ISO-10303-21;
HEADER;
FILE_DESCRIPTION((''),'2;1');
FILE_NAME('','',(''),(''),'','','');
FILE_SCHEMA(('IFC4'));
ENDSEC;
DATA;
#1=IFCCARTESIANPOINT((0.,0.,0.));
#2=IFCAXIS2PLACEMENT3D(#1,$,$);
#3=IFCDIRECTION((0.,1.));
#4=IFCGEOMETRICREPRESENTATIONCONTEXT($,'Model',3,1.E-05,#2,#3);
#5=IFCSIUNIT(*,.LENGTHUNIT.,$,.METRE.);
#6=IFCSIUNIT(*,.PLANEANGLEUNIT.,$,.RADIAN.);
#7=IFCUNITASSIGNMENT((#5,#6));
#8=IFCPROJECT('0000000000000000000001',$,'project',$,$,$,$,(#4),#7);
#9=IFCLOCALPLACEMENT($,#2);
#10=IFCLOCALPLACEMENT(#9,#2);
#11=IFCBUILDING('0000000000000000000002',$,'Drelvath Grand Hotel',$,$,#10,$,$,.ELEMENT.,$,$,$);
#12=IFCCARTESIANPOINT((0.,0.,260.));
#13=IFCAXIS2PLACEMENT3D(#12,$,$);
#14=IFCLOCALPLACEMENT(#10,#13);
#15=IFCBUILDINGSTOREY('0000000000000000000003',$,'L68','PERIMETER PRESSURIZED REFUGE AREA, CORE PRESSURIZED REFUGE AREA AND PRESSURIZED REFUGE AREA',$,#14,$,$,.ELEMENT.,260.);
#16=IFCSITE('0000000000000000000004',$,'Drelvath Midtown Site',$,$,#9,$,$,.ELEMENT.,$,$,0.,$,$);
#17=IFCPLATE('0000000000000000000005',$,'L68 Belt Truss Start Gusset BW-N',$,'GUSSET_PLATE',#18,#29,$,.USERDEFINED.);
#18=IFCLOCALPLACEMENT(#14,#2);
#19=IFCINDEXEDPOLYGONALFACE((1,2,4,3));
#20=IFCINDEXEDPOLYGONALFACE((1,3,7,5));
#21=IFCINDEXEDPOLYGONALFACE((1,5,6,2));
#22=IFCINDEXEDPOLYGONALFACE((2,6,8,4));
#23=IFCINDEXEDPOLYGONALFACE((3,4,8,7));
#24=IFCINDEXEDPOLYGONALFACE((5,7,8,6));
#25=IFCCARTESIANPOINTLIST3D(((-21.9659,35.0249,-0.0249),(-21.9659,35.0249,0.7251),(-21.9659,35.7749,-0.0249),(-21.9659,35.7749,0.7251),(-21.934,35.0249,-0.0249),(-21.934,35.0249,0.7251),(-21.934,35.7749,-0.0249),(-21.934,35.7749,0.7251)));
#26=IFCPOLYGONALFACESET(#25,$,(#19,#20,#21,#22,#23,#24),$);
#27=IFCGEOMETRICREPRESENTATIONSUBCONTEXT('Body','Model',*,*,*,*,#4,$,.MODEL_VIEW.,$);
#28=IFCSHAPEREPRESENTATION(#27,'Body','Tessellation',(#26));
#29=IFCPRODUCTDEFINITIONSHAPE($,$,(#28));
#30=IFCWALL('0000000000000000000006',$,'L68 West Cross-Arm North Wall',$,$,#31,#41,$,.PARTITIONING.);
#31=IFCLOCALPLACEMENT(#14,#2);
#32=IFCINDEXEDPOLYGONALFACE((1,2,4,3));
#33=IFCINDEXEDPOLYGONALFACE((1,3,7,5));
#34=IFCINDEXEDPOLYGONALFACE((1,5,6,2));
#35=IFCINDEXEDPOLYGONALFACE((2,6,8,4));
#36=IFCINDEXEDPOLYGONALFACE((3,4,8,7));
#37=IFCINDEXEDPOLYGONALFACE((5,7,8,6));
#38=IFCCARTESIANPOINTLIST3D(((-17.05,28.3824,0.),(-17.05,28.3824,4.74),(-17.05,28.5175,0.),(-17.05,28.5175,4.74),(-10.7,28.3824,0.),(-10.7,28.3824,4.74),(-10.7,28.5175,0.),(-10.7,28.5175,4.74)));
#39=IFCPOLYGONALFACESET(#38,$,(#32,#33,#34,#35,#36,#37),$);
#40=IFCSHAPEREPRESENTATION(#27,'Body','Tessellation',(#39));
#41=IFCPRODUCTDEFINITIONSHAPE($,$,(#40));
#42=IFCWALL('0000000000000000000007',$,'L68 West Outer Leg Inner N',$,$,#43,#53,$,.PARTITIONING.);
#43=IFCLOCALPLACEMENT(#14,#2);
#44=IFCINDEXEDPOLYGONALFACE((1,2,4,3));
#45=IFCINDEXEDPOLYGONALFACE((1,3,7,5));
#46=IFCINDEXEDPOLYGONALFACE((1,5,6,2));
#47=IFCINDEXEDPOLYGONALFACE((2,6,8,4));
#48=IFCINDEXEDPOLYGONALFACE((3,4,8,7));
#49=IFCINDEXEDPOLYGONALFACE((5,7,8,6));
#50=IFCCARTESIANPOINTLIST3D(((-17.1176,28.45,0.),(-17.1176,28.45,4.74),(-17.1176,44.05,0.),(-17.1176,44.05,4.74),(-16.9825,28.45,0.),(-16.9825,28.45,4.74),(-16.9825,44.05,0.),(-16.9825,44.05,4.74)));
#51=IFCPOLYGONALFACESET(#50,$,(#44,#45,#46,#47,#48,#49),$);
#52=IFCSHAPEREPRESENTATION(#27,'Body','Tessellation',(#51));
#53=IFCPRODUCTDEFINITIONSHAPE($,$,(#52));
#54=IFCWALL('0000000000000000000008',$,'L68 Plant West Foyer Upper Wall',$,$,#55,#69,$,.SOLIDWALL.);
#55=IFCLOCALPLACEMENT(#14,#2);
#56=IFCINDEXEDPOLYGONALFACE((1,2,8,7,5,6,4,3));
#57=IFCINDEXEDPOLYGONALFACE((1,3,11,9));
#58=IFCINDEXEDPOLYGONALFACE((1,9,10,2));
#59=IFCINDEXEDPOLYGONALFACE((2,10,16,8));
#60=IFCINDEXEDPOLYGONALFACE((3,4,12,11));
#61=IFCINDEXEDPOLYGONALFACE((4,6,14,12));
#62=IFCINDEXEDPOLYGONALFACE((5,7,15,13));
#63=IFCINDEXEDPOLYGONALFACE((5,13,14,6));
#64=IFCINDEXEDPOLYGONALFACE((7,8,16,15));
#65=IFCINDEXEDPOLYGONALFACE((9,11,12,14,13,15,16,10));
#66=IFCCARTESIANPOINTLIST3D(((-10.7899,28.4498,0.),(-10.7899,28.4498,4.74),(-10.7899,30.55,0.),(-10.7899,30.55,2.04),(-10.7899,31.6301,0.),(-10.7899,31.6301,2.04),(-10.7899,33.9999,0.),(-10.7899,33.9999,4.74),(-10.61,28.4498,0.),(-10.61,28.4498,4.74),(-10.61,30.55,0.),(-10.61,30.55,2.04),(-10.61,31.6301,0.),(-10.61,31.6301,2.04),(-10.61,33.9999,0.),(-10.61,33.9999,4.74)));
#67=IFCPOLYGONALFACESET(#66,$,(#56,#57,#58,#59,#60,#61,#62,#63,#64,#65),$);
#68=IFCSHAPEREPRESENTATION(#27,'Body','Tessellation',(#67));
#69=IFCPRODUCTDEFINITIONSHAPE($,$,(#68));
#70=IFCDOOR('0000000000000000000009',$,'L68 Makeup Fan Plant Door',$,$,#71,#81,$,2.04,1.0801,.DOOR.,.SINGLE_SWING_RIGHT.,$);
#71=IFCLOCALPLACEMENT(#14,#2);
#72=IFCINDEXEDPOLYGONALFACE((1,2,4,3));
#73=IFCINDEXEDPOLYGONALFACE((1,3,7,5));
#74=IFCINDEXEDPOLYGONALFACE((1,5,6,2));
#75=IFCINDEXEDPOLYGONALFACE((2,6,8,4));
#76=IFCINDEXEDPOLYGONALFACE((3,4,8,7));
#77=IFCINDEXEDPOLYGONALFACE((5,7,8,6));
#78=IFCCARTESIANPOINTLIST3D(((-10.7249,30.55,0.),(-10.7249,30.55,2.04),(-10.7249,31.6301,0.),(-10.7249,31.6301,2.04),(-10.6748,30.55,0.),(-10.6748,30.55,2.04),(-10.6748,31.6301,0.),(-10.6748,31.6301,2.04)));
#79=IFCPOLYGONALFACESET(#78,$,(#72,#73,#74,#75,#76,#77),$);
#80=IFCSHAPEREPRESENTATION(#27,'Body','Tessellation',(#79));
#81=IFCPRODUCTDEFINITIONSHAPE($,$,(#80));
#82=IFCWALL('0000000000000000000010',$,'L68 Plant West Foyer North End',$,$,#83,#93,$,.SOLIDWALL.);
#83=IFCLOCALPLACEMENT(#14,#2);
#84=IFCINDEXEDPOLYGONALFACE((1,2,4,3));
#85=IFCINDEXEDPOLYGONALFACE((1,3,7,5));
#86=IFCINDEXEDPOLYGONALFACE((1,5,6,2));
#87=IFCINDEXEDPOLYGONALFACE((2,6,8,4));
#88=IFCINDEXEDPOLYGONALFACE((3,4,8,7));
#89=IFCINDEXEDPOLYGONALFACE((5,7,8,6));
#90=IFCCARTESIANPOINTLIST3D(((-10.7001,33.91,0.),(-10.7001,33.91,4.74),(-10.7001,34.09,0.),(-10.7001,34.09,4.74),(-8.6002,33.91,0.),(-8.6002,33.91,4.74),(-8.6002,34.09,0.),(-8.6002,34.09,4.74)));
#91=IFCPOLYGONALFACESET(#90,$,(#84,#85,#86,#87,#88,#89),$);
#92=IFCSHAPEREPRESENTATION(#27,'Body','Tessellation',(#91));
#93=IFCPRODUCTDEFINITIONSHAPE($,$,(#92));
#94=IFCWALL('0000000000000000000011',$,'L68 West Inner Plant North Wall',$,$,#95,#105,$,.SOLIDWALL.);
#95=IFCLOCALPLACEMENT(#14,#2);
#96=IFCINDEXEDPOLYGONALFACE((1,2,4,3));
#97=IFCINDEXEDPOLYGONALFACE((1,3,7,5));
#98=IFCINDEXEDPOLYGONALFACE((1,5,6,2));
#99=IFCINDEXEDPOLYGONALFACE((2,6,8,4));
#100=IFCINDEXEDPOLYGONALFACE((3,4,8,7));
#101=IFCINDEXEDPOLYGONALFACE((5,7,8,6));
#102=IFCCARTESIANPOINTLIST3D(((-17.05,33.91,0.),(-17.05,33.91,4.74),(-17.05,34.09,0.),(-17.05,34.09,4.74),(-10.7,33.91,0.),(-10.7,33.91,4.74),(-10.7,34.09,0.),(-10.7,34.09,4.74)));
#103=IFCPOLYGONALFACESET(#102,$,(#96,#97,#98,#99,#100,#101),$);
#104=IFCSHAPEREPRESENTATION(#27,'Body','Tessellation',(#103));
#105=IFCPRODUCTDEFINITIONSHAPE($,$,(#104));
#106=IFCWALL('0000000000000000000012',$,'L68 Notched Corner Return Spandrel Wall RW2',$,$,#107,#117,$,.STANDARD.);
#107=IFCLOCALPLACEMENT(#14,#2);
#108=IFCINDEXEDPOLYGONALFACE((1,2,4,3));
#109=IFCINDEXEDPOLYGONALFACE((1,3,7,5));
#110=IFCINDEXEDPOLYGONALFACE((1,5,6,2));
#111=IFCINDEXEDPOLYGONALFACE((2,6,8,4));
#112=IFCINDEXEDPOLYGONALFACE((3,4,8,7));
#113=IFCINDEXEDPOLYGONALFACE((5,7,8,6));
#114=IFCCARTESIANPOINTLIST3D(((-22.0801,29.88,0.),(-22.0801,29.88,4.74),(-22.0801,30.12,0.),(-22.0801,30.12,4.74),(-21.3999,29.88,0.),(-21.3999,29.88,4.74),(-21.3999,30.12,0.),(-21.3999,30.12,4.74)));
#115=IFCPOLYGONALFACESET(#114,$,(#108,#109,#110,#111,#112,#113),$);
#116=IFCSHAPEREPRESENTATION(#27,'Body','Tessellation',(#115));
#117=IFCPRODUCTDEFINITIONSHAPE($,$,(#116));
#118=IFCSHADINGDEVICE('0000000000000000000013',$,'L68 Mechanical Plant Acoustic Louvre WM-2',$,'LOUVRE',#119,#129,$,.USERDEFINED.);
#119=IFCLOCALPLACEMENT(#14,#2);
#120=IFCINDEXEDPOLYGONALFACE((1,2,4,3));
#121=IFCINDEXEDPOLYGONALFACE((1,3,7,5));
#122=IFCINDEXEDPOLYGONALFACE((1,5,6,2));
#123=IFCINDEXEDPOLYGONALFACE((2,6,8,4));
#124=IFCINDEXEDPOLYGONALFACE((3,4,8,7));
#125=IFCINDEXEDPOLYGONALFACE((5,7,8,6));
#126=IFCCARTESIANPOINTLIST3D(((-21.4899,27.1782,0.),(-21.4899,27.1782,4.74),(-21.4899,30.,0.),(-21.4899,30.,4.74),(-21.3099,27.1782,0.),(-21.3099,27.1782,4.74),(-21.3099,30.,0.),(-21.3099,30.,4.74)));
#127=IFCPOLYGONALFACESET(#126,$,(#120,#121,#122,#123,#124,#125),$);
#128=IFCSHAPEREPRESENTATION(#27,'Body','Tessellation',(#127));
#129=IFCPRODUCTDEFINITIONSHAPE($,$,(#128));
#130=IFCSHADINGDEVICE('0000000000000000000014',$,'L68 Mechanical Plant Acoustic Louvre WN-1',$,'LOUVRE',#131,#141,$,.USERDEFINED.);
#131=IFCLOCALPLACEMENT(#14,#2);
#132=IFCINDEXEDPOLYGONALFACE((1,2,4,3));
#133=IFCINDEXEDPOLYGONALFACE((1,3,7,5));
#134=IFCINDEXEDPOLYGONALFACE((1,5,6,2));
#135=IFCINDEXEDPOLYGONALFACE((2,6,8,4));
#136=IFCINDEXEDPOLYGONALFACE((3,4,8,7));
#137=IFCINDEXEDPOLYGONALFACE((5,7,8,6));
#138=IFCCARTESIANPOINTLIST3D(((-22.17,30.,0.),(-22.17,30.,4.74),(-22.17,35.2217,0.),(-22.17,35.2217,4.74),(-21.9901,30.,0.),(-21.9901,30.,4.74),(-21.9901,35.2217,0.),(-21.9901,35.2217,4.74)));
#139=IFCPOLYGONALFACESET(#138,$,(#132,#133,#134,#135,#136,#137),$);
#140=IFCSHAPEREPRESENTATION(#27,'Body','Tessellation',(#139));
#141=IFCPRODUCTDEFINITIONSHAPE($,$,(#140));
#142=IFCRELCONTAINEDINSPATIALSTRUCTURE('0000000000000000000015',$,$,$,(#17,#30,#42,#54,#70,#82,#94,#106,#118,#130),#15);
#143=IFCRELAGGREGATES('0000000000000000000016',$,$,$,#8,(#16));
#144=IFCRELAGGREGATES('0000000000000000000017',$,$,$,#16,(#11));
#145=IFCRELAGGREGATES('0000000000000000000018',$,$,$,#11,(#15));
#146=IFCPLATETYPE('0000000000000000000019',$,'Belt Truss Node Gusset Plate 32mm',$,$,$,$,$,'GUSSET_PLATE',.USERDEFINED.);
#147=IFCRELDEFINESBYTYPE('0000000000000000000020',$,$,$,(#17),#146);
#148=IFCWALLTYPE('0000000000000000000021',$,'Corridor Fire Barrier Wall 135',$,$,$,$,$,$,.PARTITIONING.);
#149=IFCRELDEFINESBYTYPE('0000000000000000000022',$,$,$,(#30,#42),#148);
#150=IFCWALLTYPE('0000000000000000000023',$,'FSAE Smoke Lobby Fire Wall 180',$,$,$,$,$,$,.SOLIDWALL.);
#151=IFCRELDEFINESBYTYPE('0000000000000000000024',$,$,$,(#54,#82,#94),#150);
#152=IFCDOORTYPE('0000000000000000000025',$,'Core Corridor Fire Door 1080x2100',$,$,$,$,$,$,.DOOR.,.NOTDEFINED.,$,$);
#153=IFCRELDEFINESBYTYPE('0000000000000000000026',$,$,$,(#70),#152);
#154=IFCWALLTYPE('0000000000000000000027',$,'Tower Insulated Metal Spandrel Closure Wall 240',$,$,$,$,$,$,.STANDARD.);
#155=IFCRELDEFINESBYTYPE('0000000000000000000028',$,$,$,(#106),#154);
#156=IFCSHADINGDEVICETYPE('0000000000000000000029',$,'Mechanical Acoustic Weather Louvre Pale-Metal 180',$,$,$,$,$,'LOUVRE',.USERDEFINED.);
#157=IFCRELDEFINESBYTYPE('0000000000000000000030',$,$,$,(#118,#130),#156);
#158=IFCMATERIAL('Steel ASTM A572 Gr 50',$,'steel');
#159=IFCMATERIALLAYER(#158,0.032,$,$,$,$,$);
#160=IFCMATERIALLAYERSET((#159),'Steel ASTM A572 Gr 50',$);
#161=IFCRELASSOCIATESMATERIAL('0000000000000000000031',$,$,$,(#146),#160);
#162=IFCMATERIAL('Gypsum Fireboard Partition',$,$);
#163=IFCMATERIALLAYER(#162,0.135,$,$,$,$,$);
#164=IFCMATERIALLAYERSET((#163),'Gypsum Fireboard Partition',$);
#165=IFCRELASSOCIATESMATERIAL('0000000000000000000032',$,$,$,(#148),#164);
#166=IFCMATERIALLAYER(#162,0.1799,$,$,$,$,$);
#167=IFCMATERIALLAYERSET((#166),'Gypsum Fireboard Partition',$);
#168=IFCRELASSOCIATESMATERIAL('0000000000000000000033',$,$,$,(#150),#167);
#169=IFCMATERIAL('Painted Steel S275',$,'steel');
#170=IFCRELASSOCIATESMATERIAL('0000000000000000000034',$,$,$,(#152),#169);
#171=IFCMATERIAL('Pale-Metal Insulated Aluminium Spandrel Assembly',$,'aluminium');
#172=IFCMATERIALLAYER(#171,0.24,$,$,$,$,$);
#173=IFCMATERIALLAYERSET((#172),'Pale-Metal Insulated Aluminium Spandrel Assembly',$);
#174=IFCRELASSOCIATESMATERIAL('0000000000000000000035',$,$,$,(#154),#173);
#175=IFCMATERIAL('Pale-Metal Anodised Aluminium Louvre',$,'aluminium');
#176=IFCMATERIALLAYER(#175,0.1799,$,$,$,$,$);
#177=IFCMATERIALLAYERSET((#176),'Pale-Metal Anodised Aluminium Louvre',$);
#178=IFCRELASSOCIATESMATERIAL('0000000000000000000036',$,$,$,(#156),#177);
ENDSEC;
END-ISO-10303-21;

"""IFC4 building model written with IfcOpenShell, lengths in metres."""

from ifc_helpers import new_model, si_unit, direction, frame, frame_2d, origin, origin_2d, place, context, subcontext, project, spatial, rectangle, extrude, material, layer, layer_set, type_object, element, fill, save


model = new_model("IFC4")

# Units and contexts
model_context = context("Model", 3, precision=1e-05, world=origin(), true_north=direction((0.0, 1.0)))
body_context = subcontext(model_context, "Body", "Model", "MODEL_VIEW")
ifc_project = project(units=[si_unit("LENGTHUNIT", "METRE"), si_unit("PLANEANGLEUNIT", "RADIAN")], contexts=[model_context])

# Site, building, storey
site_placement = place(None, origin())
site = spatial("IfcSite", under=ifc_project, at=site_placement, Name="Drelvath Midtown Site", CompositionType="ELEMENT", RefElevation=0.0)
building_placement = place(site_placement, origin())
building = spatial("IfcBuilding", under=site, at=building_placement, Name="Drelvath Grand Hotel", CompositionType="ELEMENT")
storey_placement = place(building_placement, frame((0.0, 0.0, 260.0)))
storey = spatial("IfcBuildingStorey", under=building, at=storey_placement, Name="L68", Description="PERIMETER PRESSURIZED REFUGE AREA, CORE PRESSURIZED REFUGE AREA AND PRESSURIZED REFUGE AREA", CompositionType="ELEMENT", Elevation=260.0)

# Shared definitions
ifc_material_1 = material(Name="Steel ASTM A572 Gr 50", Category="steel")

# Plate
ifc_layer_1 = layer(ifc_material_1, 0.032)
ifc_layer_set_1 = layer_set([ifc_layer_1], Name="Steel ASTM A572 Gr 50")
plate_type = type_object("IfcPlateType", Name="Belt Truss Node Gusset Plate 32mm", ElementType="GUSSET_PLATE", PredefinedType="USERDEFINED", material=ifc_layer_set_1)
plate_placement = place(storey_placement, frame((-21.95, 35.3999, -0.0249), z_axis=(0.0, 0.0, 1.0), x_axis=(0.0, 1.0, 0.0)))
element("IfcPlate", 1, at=plate_placement, inside=storey, type_object=plate_type, Name="L68 Belt Truss Start Gusset BW-N", ObjectType="GUSSET_PLATE", PredefinedType="USERDEFINED", context=body_context, shape_type="SweptSolid", body=[
    extrude(rectangle(XDim=0.75, YDim=0.032, at=origin_2d()), origin(), (0.0, 0.0, 1.0), 0.75),
])

# Walls
ifc_material_2 = material(Name="Gypsum Fireboard Partition")
ifc_layer_2 = layer(ifc_material_2, 0.135)
ifc_layer_set_2 = layer_set([ifc_layer_2], Name="Gypsum Fireboard Partition")
wall_type_1 = type_object("IfcWallType", Name="Corridor Fire Barrier Wall 135", PredefinedType="PARTITIONING", material=ifc_layer_set_2)
wall_1_placement = place(storey_placement, frame((-17.05, 28.45, 0.0), z_axis=(0.0, 0.0, 1.0), x_axis=(1.0, 0.0, 0.0)))
element("IfcWall", 2, at=wall_1_placement, inside=storey, type_object=wall_type_1, Name="L68 West Cross-Arm North Wall", PredefinedType="PARTITIONING", context=body_context, shape_type="SweptSolid", body=[
    extrude(rectangle(XDim=6.3501, YDim=0.135, at=frame_2d((3.175, 0.0))), origin(), (0.0, 0.0, 1.0), 4.74),
])
wall_2_placement = place(storey_placement, frame((-17.05, 28.45, 0.0), z_axis=(0.0, 0.0, 1.0), x_axis=(0.0, 1.0, 0.0)))
element("IfcWall", 3, at=wall_2_placement, inside=storey, type_object=wall_type_1, Name="L68 West Outer Leg Inner N", PredefinedType="PARTITIONING", context=body_context, shape_type="SweptSolid", body=[
    extrude(rectangle(XDim=15.6001, YDim=0.135, at=frame_2d((7.8, 0.0))), origin(), (0.0, 0.0, 1.0), 4.74),
])

# Wall, opening, door
ifc_layer_3 = layer(ifc_material_2, 0.1799)
ifc_layer_set_3 = layer_set([ifc_layer_3], Name="Gypsum Fireboard Partition")
wall_type_2 = type_object("IfcWallType", Name="FSAE Smoke Lobby Fire Wall 180", PredefinedType="SOLIDWALL", material=ifc_layer_set_3)
wall_3_placement = place(storey_placement, frame((-10.7, 28.45, 0.0), z_axis=(0.0, 0.0, 1.0), x_axis=(0.0, 1.0, 0.0)))
wall_3 = element("IfcWall", 4, at=wall_3_placement, inside=storey, type_object=wall_type_2, Name="L68 Plant West Foyer Upper Wall", PredefinedType="SOLIDWALL", context=body_context, shape_type="SweptSolid", body=[
    extrude(rectangle(XDim=5.55, YDim=0.1799, at=frame_2d((2.7749, 0.0))), origin(), (0.0, 0.0, 1.0), 4.74),
])
opening_placement = place(wall_3_placement, frame((2.1001, 0.0, 0.0)))
opening = element("IfcOpeningElement", 5, at=opening_placement, cuts=wall_3, PredefinedType="OPENING", context=body_context, shape_type="SweptSolid", body=[
    extrude(rectangle(XDim=1.0801, YDim=2.04, at=frame_2d((0.54, 1.02))), frame((0.0, 0.0999, 0.0), z_axis=(0.0, -1.0, 0.0), x_axis=(1.0, 0.0, 0.0)), (0.0, 0.0, 1.0), 0.2),
])
ifc_material_3 = material(Name="Painted Steel S275", Category="steel")
door_type = type_object("IfcDoorType", Name="Core Corridor Fire Door 1080x2100", OperationType="NOTDEFINED", PredefinedType="DOOR", material=ifc_material_3)
door_placement = place(opening_placement, origin())
door = element("IfcDoor", 6, at=door_placement, inside=storey, type_object=door_type, Name="L68 Makeup Fan Plant Door", OperationType="SINGLE_SWING_RIGHT", OverallHeight=2.04, OverallWidth=1.0801, PredefinedType="DOOR", context=body_context, shape_type="SweptSolid", body=[
    extrude(rectangle(XDim=1.0801, YDim=2.04, at=frame_2d((0.54, 1.02))), frame((0.0, 0.0249, 0.0), z_axis=(0.0, -1.0, 0.0), x_axis=(1.0, 0.0, 0.0)), (0.0, 0.0, 1.0), 0.05),
])
fill(opening, door)

# Walls
wall_4_placement = place(storey_placement, frame((-10.7, 34.0, 0.0), z_axis=(0.0, 0.0, 1.0), x_axis=(1.0, 0.0, 0.0)))
element("IfcWall", 7, at=wall_4_placement, inside=storey, type_object=wall_type_2, Name="L68 Plant West Foyer North End", PredefinedType="SOLIDWALL", context=body_context, shape_type="SweptSolid", body=[
    extrude(rectangle(XDim=2.0999, YDim=0.1799, at=frame_2d((1.0498, 0.0))), origin(), (0.0, 0.0, 1.0), 4.74),
])
wall_5_placement = place(storey_placement, frame((-17.05, 34.0, 0.0), z_axis=(0.0, 0.0, 1.0), x_axis=(1.0, 0.0, 0.0)))
element("IfcWall", 8, at=wall_5_placement, inside=storey, type_object=wall_type_2, Name="L68 West Inner Plant North Wall", PredefinedType="SOLIDWALL", context=body_context, shape_type="SweptSolid", body=[
    extrude(rectangle(XDim=6.3501, YDim=0.1799, at=frame_2d((3.175, 0.0))), origin(), (0.0, 0.0, 1.0), 4.74),
])
ifc_material_4 = material(Name="Pale-Metal Insulated Aluminium Spandrel Assembly", Category="aluminium")
ifc_layer_4 = layer(ifc_material_4, 0.24)
ifc_layer_set_4 = layer_set([ifc_layer_4], Name="Pale-Metal Insulated Aluminium Spandrel Assembly")
wall_type_3 = type_object("IfcWallType", Name="Tower Insulated Metal Spandrel Closure Wall 240", PredefinedType="STANDARD", material=ifc_layer_set_4)
wall_6_placement = place(storey_placement, frame((-21.3999, 30.0, 0.0), z_axis=(0.0, 0.0, 1.0), x_axis=(-1.0, 0.0, 0.0)))
element("IfcWall", 9, at=wall_6_placement, inside=storey, type_object=wall_type_3, Name="L68 Notched Corner Return Spandrel Wall RW2", PredefinedType="STANDARD", context=body_context, shape_type="SweptSolid", body=[
    extrude(rectangle(XDim=0.6802, YDim=0.24, at=frame_2d((0.3401, 0.0))), origin(), (0.0, 0.0, 1.0), 4.74),
])

# Shading devices
ifc_material_5 = material(Name="Pale-Metal Anodised Aluminium Louvre", Category="aluminium")
ifc_layer_5 = layer(ifc_material_5, 0.1799)
ifc_layer_set_5 = layer_set([ifc_layer_5], Name="Pale-Metal Anodised Aluminium Louvre")
shading_device_type = type_object("IfcShadingDeviceType", Name="Mechanical Acoustic Weather Louvre Pale-Metal 180", ElementType="LOUVRE", PredefinedType="USERDEFINED", material=ifc_layer_set_5)
shading_device_1_placement = place(storey_placement, frame((-21.3999, 28.5891, 0.0), z_axis=(0.0, 0.0, 1.0), x_axis=(0.0, 1.0, 0.0)))
element("IfcShadingDevice", 10, at=shading_device_1_placement, inside=storey, type_object=shading_device_type, Name="L68 Mechanical Plant Acoustic Louvre WM-2", ObjectType="LOUVRE", PredefinedType="USERDEFINED", context=body_context, shape_type="SweptSolid", body=[
    extrude(rectangle(XDim=2.8218, YDim=0.1799, at=origin_2d()), origin(), (0.0, 0.0, 1.0), 4.74),
])
shading_device_2_placement = place(storey_placement, frame((-22.0801, 32.6108, 0.0), z_axis=(0.0, 0.0, 1.0), x_axis=(0.0, 1.0, 0.0)))
element("IfcShadingDevice", 11, at=shading_device_2_placement, inside=storey, type_object=shading_device_type, Name="L68 Mechanical Plant Acoustic Louvre WN-1", ObjectType="LOUVRE", PredefinedType="USERDEFINED", context=body_context, shape_type="SweptSolid", body=[
    extrude(rectangle(XDim=5.2217, YDim=0.1799, at=origin_2d()), origin(), (0.0, 0.0, 1.0), 4.74),
])

save(model, "model.ifc")
